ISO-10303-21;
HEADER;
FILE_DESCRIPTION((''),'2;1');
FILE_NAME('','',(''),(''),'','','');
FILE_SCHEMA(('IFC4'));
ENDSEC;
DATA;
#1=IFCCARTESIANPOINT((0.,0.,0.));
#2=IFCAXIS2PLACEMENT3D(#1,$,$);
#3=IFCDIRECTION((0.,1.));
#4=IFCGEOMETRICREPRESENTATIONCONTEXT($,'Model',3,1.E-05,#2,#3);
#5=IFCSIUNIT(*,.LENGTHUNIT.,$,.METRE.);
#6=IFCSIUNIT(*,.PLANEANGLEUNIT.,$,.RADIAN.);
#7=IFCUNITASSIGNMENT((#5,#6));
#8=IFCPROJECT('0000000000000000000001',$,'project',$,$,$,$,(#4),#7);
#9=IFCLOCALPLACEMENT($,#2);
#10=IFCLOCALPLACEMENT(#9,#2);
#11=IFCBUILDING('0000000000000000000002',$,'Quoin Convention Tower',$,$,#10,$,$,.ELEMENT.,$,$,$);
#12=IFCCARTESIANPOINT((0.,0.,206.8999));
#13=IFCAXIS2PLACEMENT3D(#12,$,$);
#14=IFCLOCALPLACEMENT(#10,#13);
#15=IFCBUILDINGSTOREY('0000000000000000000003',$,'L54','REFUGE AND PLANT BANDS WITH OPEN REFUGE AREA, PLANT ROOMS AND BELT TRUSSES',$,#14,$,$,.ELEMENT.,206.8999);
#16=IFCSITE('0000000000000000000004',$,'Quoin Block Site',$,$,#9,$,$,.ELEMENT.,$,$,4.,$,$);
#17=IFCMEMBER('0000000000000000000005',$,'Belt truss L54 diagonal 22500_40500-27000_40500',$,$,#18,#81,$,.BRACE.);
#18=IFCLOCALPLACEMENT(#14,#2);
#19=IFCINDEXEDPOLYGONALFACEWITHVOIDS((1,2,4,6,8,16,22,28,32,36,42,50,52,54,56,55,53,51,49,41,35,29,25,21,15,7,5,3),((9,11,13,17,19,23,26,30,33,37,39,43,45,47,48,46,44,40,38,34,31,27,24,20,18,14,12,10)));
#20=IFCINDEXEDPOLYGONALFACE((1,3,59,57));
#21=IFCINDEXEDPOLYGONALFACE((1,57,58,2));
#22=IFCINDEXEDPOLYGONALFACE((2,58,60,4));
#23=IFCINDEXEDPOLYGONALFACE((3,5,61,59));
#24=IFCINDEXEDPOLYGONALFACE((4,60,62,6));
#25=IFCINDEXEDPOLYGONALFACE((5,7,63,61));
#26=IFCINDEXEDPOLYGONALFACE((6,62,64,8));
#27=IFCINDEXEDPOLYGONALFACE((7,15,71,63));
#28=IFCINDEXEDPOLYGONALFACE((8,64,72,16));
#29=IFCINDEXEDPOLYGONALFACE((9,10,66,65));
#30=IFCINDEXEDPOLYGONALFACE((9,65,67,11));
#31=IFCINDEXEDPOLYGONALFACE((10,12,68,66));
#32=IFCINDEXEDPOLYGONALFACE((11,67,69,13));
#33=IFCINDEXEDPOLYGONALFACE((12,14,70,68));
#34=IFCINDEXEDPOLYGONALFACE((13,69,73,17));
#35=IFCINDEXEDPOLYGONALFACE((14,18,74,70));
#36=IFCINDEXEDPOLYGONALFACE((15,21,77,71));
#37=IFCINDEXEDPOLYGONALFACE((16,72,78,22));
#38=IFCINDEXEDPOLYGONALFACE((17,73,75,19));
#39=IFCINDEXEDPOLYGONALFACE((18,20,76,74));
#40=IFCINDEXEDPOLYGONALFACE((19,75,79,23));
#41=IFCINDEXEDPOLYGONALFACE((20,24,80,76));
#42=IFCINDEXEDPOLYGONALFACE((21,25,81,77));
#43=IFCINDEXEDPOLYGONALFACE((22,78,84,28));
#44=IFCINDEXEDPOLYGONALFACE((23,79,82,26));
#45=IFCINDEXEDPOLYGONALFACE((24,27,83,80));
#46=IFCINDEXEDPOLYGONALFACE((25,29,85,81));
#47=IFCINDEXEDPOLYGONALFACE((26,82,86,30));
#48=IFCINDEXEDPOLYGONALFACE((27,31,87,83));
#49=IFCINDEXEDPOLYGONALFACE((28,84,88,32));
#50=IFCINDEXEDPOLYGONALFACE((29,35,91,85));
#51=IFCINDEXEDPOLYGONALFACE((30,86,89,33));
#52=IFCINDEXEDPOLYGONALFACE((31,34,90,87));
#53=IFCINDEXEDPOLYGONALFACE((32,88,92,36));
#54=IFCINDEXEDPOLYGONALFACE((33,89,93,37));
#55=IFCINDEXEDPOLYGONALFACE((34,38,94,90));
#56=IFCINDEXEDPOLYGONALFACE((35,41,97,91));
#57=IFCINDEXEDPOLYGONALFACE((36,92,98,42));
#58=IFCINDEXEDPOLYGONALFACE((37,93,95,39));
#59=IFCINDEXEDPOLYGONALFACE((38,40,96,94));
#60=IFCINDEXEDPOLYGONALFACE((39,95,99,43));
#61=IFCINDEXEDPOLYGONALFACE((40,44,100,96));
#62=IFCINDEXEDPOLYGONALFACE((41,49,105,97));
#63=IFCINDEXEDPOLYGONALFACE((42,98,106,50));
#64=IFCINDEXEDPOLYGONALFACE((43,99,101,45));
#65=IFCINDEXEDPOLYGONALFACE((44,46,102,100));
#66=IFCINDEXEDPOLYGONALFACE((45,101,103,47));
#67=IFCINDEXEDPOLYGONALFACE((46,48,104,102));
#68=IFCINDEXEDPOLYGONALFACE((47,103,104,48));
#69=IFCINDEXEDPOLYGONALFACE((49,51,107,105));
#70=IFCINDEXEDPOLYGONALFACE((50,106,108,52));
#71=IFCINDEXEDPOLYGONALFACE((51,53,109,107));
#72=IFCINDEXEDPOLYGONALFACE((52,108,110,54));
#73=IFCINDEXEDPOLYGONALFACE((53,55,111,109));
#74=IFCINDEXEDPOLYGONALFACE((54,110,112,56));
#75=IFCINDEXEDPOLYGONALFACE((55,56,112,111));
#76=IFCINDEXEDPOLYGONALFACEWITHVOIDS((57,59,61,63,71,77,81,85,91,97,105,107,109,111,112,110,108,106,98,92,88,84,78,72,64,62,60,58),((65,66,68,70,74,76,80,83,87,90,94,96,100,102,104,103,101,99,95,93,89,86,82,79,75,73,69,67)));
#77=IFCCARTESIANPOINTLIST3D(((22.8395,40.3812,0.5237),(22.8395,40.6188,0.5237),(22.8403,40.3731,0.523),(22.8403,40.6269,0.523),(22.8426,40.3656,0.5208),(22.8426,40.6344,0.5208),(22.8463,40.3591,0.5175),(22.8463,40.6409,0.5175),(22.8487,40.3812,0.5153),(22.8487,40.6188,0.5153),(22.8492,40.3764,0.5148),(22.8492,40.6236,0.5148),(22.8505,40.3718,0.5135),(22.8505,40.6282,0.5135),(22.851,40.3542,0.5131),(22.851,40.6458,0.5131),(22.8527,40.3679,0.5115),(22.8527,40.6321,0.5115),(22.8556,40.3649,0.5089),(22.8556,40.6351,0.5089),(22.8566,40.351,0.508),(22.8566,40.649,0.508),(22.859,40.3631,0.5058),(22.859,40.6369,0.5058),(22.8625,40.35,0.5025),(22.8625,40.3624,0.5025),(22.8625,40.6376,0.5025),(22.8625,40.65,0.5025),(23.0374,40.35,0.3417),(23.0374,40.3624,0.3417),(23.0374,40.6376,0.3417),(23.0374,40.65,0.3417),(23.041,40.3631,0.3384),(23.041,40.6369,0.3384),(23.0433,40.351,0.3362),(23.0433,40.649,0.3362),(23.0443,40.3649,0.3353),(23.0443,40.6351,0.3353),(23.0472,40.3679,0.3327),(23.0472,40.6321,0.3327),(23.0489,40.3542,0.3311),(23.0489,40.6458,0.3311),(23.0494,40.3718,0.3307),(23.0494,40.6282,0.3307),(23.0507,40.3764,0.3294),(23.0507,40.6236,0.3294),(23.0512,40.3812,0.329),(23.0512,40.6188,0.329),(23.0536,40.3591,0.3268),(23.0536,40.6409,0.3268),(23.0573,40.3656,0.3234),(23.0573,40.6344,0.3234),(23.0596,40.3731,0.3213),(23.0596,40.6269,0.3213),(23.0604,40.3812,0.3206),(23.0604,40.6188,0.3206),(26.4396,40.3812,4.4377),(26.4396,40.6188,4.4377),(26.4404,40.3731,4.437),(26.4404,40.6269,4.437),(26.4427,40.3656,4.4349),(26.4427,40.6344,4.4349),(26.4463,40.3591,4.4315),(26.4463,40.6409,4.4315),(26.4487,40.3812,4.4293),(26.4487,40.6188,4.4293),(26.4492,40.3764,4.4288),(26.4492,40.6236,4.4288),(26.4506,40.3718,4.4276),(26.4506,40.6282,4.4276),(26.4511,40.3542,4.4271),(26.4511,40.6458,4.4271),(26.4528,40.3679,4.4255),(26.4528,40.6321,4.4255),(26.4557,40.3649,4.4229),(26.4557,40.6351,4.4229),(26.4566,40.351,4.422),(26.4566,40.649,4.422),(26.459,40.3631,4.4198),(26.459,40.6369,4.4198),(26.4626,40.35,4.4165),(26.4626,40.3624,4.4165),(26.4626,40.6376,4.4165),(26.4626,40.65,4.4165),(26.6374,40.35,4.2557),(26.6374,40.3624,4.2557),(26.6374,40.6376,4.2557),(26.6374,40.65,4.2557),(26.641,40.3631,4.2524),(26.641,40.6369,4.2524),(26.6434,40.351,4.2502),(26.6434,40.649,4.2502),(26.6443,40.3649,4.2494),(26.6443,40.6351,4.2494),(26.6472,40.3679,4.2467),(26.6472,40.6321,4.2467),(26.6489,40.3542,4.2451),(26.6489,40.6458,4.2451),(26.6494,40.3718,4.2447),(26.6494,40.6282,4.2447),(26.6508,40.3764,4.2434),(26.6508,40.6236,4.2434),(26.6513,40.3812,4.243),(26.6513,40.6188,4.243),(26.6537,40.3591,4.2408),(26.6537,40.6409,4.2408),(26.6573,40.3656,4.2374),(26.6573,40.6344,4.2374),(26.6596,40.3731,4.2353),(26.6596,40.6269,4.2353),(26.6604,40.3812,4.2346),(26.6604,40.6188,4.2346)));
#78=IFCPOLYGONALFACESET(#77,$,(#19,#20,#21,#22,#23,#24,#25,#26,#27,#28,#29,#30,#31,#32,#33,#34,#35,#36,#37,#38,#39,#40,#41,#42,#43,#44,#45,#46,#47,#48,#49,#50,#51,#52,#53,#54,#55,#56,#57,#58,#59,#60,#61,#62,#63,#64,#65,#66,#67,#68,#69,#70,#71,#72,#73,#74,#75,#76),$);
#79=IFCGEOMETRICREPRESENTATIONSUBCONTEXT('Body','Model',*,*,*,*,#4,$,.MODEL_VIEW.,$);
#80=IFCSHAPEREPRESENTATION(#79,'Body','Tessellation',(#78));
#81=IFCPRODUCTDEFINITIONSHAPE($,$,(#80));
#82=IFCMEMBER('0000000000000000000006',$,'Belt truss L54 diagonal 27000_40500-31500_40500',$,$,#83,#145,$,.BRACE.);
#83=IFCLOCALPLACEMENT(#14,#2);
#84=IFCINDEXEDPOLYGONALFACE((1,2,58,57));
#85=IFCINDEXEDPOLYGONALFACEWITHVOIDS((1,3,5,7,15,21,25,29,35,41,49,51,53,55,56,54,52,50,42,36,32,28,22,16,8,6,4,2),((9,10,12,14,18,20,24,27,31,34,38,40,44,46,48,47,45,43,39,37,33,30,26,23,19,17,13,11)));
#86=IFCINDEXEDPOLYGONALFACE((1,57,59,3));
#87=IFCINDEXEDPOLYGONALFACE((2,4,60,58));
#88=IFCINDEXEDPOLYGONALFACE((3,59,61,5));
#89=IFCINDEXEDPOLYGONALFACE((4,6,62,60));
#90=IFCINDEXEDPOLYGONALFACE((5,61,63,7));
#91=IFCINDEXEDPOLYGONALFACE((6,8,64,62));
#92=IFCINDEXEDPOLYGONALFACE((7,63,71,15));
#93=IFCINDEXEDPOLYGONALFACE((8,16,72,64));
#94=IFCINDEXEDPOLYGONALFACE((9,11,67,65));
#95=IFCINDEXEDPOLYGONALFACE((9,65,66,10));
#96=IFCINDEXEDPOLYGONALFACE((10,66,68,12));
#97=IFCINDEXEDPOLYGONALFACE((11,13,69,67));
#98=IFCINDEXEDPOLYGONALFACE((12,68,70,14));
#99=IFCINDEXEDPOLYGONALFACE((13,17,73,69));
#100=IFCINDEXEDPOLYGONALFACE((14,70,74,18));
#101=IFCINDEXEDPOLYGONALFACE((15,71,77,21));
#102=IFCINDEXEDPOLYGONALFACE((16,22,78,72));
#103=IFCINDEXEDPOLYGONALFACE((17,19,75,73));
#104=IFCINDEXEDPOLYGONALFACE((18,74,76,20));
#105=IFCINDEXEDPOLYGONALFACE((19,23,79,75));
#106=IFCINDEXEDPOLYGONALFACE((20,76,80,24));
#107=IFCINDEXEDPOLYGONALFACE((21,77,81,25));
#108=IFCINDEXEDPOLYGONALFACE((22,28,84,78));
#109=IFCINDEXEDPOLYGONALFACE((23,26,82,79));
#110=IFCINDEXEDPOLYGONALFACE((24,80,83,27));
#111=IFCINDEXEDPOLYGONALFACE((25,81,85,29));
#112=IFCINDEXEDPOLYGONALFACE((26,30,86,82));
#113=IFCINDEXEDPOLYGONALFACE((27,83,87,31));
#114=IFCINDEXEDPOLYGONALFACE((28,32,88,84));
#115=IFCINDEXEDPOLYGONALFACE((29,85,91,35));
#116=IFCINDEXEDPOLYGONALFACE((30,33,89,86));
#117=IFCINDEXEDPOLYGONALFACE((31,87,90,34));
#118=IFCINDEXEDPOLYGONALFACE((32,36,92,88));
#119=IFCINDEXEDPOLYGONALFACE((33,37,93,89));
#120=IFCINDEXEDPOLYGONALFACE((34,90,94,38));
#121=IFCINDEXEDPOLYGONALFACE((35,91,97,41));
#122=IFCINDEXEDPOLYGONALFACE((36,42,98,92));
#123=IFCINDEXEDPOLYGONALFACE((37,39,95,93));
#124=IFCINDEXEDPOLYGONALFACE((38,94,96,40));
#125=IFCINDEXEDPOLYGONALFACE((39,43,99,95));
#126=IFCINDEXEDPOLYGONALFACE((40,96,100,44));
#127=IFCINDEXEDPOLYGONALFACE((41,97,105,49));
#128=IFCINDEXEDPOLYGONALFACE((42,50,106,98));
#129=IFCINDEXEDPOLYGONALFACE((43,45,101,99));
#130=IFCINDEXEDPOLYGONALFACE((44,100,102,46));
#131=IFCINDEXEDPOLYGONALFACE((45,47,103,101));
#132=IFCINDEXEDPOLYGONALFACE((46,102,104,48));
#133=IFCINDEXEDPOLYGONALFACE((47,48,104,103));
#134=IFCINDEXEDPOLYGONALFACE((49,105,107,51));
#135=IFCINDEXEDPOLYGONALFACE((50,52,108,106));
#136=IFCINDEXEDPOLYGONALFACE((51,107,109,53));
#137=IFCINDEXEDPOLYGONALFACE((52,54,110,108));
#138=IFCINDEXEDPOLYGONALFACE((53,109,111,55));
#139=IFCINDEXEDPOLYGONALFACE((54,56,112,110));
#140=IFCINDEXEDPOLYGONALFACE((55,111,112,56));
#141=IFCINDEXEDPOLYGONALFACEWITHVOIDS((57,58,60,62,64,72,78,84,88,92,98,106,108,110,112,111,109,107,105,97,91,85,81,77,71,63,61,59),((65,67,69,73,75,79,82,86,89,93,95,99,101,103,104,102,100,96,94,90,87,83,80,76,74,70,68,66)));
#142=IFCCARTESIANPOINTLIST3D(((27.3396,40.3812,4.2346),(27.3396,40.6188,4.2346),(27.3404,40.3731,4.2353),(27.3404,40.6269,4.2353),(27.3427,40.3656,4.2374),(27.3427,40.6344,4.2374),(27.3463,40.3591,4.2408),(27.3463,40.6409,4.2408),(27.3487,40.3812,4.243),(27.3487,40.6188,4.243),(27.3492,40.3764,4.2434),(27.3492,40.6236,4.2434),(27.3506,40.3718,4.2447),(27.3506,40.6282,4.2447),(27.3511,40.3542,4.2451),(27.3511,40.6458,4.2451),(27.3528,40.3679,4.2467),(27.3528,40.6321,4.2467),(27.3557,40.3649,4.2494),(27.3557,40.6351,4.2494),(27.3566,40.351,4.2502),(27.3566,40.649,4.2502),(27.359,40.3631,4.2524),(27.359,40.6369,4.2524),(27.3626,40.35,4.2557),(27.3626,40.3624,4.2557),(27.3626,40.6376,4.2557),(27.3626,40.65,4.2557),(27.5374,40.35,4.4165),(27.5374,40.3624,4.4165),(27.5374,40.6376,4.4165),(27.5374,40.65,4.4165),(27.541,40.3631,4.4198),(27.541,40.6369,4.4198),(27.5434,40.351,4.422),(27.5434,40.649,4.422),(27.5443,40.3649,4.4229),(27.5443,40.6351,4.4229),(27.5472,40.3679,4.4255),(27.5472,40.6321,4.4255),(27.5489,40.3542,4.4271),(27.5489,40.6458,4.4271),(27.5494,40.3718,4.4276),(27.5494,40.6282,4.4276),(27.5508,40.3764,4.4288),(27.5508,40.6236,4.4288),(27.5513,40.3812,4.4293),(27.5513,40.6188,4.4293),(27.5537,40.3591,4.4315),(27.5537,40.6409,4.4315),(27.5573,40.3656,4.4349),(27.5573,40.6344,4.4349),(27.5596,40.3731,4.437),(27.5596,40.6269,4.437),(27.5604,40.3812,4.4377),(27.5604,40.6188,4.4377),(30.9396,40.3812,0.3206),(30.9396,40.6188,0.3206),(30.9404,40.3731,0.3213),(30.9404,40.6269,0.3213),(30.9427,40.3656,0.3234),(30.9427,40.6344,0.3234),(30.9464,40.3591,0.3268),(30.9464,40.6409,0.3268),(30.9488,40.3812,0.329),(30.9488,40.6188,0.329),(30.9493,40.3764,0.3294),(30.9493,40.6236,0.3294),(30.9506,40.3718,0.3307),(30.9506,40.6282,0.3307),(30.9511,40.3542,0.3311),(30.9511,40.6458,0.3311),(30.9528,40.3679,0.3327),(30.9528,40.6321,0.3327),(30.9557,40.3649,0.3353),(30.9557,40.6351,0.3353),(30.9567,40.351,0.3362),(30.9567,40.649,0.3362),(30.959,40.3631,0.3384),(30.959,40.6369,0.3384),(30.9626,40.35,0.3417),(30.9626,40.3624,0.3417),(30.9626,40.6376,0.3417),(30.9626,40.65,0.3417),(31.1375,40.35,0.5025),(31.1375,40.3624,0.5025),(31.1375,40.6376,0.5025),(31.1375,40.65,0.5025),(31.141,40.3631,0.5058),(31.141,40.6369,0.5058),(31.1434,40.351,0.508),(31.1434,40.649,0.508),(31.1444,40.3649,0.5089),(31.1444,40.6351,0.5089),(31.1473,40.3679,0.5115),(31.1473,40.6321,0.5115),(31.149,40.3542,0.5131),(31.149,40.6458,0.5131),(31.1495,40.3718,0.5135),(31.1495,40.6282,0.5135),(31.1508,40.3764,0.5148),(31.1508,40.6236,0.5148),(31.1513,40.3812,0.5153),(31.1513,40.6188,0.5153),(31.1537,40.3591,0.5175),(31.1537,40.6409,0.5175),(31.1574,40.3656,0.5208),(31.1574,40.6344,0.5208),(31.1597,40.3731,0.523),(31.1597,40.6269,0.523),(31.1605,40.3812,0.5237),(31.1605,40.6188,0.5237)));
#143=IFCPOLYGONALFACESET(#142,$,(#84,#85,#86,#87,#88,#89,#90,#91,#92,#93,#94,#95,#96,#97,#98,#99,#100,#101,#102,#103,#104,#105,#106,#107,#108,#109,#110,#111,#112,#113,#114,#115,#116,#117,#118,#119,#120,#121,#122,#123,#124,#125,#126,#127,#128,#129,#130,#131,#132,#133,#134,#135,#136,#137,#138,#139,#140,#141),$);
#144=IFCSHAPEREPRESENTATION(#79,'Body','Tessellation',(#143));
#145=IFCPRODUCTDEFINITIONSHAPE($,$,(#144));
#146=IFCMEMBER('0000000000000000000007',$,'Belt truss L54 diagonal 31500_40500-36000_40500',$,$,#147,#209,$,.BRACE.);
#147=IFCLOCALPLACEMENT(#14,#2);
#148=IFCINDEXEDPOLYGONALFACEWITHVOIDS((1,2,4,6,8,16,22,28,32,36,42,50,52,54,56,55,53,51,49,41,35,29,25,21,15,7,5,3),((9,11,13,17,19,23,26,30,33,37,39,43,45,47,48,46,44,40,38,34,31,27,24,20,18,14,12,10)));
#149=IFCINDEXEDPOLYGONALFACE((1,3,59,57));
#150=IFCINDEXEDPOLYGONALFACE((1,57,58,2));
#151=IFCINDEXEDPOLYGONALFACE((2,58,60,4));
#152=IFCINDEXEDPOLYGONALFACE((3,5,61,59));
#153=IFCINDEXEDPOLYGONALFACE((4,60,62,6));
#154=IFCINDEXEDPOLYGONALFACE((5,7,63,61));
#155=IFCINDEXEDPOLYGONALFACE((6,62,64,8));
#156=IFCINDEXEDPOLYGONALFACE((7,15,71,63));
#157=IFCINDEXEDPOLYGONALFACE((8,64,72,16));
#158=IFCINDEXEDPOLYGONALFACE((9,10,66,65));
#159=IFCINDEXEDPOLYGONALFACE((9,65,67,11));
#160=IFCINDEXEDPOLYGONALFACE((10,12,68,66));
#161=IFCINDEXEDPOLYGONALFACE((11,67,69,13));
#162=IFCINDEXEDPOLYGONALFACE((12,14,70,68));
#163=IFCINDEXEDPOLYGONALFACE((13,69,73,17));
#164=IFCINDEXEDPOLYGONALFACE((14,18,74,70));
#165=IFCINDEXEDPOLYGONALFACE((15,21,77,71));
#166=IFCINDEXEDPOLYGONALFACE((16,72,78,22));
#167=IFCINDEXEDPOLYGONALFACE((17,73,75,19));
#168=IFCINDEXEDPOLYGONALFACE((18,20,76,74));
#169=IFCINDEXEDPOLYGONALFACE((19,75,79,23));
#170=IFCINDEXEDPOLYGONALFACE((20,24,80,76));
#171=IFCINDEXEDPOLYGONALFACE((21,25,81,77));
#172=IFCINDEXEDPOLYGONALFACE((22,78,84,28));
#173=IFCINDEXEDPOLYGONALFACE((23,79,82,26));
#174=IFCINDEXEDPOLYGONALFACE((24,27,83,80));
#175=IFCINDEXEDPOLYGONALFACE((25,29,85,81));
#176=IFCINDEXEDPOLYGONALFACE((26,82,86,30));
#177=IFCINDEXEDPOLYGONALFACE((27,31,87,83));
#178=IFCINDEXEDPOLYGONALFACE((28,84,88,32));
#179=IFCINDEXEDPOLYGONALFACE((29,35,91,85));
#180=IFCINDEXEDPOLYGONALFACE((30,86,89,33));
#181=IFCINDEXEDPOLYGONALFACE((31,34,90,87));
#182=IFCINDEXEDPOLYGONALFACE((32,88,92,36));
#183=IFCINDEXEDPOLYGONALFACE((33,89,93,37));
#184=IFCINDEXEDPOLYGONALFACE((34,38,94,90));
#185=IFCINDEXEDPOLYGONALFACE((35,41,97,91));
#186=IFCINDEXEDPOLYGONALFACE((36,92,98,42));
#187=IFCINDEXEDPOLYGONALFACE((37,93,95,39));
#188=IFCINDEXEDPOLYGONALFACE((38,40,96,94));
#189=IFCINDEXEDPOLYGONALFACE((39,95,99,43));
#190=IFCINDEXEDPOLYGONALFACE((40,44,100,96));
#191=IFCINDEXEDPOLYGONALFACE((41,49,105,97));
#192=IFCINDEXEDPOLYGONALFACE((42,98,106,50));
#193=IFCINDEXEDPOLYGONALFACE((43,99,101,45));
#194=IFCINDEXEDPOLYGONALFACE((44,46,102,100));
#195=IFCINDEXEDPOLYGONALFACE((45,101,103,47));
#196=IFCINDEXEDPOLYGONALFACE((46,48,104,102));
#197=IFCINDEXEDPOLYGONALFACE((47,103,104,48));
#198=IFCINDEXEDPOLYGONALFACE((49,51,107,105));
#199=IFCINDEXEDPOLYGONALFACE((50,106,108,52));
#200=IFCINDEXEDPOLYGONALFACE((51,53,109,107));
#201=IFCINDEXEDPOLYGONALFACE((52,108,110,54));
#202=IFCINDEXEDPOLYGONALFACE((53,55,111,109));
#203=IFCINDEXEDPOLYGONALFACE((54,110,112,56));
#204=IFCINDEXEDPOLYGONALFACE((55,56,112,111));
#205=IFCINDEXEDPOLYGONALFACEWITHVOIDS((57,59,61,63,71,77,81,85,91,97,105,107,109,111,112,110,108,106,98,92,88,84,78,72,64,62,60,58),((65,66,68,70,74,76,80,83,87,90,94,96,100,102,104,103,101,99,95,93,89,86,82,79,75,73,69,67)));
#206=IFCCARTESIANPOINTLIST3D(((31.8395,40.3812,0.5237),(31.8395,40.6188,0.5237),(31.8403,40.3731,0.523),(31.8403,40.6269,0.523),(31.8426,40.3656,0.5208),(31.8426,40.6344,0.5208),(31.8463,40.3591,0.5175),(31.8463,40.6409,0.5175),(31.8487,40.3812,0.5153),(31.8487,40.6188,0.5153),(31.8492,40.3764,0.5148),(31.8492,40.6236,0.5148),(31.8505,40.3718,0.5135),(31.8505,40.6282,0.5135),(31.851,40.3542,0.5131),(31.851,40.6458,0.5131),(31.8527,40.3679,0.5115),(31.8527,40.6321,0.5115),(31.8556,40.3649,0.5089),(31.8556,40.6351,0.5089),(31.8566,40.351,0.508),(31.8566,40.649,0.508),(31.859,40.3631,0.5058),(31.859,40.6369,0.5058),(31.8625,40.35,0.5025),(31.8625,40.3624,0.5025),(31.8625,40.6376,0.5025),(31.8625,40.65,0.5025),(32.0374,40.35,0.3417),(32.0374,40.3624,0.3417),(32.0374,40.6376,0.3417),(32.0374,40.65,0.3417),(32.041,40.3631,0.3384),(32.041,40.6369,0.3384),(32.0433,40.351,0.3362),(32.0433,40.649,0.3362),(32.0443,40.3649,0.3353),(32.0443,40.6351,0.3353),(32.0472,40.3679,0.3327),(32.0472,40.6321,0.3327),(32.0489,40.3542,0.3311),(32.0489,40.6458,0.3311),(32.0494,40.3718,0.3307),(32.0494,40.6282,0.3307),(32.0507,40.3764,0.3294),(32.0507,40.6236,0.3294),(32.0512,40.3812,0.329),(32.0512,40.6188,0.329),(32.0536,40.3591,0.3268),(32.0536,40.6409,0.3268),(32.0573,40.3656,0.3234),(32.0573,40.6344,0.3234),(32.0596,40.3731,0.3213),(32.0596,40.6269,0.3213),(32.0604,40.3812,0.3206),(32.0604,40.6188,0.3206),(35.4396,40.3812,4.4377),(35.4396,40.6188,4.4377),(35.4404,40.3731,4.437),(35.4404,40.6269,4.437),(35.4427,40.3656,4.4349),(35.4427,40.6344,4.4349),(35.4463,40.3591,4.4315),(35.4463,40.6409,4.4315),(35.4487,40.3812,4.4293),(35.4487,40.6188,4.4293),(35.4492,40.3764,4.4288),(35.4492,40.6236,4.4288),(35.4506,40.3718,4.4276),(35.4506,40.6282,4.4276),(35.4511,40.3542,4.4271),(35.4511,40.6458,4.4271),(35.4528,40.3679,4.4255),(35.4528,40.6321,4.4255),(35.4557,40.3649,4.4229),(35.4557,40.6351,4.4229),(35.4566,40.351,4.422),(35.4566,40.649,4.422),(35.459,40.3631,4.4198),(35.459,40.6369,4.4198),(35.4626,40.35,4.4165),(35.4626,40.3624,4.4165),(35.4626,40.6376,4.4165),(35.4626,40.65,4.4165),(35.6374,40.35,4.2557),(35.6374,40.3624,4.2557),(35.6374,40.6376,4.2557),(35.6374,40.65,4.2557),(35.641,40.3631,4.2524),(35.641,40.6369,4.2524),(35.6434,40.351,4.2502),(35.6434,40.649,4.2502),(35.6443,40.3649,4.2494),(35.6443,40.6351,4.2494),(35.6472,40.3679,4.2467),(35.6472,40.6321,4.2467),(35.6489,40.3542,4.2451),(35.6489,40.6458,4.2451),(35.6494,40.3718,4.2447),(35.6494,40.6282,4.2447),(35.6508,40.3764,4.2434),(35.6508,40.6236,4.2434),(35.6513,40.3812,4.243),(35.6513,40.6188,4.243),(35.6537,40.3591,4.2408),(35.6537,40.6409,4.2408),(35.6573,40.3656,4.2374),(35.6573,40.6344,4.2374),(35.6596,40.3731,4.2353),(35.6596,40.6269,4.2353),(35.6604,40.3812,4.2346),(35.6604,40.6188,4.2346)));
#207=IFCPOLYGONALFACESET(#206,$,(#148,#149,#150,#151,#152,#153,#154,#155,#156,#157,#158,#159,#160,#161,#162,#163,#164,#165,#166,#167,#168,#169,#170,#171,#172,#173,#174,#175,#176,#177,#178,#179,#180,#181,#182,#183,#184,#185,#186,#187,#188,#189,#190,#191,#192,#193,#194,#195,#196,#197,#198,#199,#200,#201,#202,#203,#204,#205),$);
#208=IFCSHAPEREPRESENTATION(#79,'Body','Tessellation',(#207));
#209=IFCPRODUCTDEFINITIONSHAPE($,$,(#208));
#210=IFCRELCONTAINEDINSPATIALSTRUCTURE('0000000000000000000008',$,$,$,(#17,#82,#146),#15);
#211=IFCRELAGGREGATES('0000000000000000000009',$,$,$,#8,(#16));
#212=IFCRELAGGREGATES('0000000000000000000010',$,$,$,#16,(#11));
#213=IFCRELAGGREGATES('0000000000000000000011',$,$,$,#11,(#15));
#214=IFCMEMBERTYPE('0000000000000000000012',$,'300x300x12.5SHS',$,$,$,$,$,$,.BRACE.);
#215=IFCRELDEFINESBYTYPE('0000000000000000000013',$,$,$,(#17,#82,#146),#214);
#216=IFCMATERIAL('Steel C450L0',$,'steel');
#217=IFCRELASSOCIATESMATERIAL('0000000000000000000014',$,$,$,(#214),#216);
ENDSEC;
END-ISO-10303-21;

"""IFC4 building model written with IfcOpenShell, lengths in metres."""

from ifc_helpers import new_model, si_unit, direction, frame, origin, origin_2d, place, context, subcontext, project, spatial, hollow_rectangle, extrude, material, material_profile, profile_set, type_object, element, save


model = new_model("IFC4")

# Units and contexts
model_context = context("Model", 3, precision=1e-05, world=origin(), true_north=direction((0.0, 1.0)))
body_context = subcontext(model_context, "Body", "Model", "MODEL_VIEW")
ifc_project = project(units=[si_unit("LENGTHUNIT", "METRE"), si_unit("PLANEANGLEUNIT", "RADIAN")], contexts=[model_context])

# Site, building, storey
site_placement = place(None, origin())
site = spatial("IfcSite", under=ifc_project, at=site_placement, Name="Quoin Block Site", CompositionType="ELEMENT", RefElevation=4.0)
building_placement = place(site_placement, origin())
building = spatial("IfcBuilding", under=site, at=building_placement, Name="Quoin Convention Tower", CompositionType="ELEMENT")
storey_placement = place(building_placement, frame((0.0, 0.0, 206.8999)))
storey = spatial("IfcBuildingStorey", under=building, at=storey_placement, Name="L54", Description="REFUGE AND PLANT BANDS WITH OPEN REFUGE AREA, PLANT ROOMS AND BELT TRUSSES", CompositionType="ELEMENT", Elevation=206.8999)

# Members
ifc_material_1 = material(Name="Steel C450L0", Category="steel")
ifc_material_profile_1 = material_profile(ifc_material_1, hollow_rectangle(XDim=0.3, YDim=0.3, WallThickness=0.0125, InnerFilletRadius=0.0188, OuterFilletRadius=0.0312, at=origin_2d()), Name="300x300x12.5SHS")
ifc_profile_set_1 = profile_set([ifc_material_profile_1], Name="Steel C450L0")
member_type_1 = type_object("IfcMemberType", Name="300x300x12.5SHS", PredefinedType="BRACE", material=ifc_profile_set_1)
for number, where, z_axis, x_axis, name in (
    (1, (22.95, 40.5, 0.4221), (0.676971, 0.0, 0.73601), (0.0, 1.0, 0.0), "Belt truss L54 diagonal 22500_40500-27000_40500"),
    (2, (31.05, 40.5, 0.4221), (-0.676971, 0.0, 0.73601), (0.0, -1.0, 0.0), "Belt truss L54 diagonal 27000_40500-31500_40500"),
    (3, (31.95, 40.5, 0.4221), (0.676971, 0.0, 0.73601), (0.0, 1.0, 0.0), "Belt truss L54 diagonal 31500_40500-36000_40500"),
):
    element("IfcMember", number, at=place(storey_placement, frame(where, z_axis=z_axis, x_axis=x_axis)), inside=storey, type_object=member_type_1, Name=name, PredefinedType="BRACE", context=body_context, shape_type="SweptSolid", body=[
        extrude(hollow_rectangle(XDim=0.3, YDim=0.3, WallThickness=0.0125, InnerFilletRadius=0.0188, OuterFilletRadius=0.0312, at=origin_2d()), origin(), (0.0, 0.0, 1.0), 5.3179),
    ])

save(model, "model.ifc")
